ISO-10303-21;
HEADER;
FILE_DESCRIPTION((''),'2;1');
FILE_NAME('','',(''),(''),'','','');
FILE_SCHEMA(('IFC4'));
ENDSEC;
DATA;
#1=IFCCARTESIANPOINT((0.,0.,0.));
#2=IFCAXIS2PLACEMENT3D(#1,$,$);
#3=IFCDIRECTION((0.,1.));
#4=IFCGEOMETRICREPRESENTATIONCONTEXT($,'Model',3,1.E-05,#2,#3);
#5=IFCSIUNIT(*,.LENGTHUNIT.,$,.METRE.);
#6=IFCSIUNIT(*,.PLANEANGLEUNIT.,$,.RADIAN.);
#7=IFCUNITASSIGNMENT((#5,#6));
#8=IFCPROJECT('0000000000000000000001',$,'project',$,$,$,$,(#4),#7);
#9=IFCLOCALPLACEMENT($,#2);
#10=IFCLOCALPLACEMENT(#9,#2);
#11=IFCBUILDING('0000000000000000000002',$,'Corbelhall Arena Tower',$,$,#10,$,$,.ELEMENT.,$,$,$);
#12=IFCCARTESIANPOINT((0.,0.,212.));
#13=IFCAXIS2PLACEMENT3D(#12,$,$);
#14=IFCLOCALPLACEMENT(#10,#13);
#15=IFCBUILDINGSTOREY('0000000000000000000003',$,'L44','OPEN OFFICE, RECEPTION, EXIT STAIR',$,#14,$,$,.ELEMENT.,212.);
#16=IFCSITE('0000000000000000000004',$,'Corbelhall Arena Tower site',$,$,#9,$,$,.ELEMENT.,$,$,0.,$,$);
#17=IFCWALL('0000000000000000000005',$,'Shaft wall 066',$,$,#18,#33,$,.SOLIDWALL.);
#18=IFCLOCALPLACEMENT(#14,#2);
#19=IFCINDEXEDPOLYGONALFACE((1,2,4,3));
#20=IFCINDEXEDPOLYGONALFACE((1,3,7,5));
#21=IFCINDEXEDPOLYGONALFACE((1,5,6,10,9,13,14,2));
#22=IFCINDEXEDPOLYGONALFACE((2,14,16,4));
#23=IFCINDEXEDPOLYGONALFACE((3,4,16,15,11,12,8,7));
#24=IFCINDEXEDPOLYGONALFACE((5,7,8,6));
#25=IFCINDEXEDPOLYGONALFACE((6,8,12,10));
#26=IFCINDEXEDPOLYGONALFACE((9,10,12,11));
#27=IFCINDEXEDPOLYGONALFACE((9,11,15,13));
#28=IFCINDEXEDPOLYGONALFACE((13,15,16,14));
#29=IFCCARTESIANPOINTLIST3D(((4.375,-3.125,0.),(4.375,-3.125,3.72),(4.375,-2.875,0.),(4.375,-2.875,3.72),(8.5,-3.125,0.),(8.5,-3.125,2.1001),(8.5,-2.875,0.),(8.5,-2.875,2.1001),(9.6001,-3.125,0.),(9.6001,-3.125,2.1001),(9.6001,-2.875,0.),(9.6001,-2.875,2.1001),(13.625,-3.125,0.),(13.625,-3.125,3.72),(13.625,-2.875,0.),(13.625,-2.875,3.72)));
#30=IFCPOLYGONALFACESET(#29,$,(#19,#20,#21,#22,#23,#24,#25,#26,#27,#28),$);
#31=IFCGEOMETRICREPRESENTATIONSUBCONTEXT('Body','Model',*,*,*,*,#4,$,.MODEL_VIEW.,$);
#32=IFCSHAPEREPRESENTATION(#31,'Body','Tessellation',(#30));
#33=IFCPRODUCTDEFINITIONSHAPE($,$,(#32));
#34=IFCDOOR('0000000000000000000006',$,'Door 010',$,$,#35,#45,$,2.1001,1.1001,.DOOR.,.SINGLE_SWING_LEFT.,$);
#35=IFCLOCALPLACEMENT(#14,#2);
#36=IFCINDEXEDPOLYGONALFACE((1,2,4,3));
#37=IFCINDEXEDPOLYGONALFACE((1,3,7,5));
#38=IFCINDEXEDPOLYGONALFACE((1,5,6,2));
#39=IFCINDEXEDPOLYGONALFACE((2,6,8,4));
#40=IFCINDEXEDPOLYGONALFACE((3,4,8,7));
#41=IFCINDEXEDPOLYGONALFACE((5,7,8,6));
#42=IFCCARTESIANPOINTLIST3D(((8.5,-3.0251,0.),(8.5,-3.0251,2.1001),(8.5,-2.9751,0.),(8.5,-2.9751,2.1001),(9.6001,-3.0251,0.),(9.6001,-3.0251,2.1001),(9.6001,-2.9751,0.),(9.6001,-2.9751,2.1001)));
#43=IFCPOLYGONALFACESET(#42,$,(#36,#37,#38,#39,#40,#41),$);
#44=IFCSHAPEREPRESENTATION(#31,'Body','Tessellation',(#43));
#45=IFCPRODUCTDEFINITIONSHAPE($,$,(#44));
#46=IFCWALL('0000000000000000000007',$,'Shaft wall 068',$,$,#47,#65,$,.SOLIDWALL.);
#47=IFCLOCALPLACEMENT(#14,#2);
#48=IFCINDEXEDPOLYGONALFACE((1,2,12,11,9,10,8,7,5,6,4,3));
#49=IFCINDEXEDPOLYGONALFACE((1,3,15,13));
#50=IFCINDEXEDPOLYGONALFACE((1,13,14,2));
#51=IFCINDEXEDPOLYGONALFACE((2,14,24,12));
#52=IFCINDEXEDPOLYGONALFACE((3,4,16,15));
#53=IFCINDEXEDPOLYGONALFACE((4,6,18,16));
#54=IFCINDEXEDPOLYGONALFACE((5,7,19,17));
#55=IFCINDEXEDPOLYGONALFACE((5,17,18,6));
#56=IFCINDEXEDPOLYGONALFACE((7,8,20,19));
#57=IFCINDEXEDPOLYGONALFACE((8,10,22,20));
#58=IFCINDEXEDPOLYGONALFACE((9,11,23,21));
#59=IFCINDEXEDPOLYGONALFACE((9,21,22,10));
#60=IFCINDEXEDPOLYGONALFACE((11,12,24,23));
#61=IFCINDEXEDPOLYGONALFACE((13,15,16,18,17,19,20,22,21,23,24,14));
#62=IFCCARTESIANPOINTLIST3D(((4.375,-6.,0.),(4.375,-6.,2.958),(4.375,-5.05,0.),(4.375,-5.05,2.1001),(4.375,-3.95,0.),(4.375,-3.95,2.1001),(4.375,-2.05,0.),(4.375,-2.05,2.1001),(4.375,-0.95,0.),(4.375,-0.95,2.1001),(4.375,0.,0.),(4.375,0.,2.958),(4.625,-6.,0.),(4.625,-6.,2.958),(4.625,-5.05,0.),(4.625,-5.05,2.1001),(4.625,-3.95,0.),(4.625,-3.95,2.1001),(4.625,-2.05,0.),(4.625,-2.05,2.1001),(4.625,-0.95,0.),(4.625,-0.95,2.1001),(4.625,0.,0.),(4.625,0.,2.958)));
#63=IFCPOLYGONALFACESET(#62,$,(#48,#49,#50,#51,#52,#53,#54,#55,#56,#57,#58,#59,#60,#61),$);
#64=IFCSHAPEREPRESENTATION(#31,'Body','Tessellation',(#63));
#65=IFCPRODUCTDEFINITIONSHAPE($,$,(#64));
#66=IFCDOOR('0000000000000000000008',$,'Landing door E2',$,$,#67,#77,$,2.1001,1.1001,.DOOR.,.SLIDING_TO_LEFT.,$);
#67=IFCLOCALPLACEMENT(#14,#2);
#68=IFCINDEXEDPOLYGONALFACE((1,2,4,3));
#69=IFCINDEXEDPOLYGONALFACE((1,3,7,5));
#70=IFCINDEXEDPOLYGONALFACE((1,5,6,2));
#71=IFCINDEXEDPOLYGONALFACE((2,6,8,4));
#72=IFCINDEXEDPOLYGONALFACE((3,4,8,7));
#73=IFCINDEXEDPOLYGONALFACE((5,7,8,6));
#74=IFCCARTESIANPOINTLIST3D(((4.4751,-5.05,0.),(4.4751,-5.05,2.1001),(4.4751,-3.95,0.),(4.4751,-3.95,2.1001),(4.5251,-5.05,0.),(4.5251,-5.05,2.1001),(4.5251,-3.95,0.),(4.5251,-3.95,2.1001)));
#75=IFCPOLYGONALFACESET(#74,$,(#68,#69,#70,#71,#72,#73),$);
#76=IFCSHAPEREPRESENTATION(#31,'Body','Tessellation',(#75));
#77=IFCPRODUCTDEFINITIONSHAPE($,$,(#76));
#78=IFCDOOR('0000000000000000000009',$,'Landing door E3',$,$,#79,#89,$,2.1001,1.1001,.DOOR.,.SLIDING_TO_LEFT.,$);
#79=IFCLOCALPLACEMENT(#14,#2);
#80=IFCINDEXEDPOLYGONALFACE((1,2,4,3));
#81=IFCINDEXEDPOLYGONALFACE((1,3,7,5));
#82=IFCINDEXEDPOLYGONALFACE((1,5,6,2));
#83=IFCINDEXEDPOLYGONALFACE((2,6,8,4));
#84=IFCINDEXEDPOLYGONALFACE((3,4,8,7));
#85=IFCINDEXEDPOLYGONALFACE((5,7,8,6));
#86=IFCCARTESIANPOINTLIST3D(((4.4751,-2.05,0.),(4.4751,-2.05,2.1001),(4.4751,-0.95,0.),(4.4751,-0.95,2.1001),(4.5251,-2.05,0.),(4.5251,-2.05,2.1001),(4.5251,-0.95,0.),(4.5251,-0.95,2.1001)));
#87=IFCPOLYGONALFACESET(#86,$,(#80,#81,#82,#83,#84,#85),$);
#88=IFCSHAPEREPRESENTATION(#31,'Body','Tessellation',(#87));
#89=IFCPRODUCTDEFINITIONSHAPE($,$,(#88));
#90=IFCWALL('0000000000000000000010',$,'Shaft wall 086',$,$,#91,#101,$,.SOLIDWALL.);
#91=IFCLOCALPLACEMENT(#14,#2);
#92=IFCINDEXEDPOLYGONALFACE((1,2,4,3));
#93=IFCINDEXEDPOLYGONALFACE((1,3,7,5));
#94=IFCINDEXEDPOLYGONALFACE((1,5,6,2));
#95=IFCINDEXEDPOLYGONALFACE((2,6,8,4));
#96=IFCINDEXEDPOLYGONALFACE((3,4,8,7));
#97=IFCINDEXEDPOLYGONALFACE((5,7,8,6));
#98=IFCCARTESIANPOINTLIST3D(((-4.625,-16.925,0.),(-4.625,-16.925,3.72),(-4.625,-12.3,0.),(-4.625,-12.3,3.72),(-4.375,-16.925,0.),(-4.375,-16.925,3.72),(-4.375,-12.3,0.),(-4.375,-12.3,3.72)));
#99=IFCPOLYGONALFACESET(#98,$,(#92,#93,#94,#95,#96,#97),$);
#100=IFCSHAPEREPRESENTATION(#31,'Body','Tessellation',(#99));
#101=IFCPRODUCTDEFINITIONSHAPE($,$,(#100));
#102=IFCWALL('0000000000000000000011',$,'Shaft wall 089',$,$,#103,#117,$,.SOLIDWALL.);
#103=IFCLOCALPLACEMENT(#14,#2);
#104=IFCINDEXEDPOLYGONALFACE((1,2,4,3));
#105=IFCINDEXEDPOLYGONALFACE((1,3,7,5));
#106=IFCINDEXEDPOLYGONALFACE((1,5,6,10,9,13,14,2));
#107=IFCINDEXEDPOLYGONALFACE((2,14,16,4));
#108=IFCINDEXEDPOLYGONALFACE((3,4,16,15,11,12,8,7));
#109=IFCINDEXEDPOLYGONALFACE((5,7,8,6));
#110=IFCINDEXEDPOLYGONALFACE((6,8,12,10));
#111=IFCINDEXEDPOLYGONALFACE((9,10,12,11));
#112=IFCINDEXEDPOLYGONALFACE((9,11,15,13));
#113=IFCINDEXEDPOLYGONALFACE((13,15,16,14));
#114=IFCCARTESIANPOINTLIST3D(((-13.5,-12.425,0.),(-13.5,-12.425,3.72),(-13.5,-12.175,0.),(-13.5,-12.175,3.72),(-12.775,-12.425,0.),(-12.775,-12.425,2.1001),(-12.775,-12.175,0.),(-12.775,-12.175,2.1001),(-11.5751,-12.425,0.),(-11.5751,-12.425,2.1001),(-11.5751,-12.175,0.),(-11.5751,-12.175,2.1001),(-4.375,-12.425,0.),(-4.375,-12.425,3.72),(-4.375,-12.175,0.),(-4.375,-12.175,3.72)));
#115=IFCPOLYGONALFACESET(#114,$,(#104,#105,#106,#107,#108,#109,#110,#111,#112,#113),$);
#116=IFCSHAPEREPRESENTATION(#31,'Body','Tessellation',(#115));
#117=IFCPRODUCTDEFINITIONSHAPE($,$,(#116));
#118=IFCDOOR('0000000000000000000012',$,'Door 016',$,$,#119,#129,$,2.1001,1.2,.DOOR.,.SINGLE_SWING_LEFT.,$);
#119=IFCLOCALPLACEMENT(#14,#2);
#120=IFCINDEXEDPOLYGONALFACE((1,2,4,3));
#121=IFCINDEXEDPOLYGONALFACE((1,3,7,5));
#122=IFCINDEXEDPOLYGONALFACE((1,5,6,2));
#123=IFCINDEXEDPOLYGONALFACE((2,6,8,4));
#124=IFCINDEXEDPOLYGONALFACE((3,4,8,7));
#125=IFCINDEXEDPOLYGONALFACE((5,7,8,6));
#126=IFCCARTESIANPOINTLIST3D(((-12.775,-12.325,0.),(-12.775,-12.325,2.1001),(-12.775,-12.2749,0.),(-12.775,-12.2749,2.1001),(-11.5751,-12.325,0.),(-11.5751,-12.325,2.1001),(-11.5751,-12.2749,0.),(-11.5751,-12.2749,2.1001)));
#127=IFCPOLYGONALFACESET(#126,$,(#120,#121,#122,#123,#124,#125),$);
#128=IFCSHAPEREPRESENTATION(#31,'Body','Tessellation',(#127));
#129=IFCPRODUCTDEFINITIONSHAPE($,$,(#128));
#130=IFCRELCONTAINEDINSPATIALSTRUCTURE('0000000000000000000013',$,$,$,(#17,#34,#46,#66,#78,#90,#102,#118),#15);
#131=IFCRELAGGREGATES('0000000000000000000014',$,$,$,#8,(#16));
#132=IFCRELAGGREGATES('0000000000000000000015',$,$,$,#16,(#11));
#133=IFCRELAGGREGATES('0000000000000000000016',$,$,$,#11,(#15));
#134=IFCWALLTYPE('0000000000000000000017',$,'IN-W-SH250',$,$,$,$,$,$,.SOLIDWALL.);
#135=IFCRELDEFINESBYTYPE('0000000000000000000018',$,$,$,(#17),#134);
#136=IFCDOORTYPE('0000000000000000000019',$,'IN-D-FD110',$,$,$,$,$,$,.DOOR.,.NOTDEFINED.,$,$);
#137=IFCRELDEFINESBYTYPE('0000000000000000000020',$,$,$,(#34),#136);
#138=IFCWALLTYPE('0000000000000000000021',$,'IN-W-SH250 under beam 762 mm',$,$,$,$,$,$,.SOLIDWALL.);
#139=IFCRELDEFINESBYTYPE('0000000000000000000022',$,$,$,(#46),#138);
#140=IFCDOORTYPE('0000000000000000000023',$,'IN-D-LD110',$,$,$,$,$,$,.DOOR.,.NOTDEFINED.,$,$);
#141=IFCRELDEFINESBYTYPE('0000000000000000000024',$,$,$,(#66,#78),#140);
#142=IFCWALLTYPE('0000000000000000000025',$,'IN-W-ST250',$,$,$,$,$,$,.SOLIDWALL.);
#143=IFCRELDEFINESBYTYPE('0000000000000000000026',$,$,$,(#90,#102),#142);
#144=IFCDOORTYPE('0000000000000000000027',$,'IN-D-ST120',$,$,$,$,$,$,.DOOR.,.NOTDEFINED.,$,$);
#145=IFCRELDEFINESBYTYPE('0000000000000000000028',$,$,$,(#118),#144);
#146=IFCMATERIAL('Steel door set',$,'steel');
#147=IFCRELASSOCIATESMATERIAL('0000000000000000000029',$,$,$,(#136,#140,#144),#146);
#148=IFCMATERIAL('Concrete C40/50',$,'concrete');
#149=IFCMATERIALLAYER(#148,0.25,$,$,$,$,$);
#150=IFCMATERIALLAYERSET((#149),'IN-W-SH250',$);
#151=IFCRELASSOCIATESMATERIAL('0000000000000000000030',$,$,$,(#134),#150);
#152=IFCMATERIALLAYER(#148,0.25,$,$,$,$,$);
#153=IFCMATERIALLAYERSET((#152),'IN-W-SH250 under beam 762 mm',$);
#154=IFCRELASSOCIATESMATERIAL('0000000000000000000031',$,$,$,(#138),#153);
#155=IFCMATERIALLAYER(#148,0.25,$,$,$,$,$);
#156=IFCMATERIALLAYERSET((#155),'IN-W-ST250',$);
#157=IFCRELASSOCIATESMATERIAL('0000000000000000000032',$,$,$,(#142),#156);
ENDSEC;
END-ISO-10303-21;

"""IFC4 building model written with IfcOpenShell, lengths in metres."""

from ifc_helpers import new_model, si_unit, direction, frame, frame_2d, origin, place, context, subcontext, project, spatial, rectangle, extrude, material, layer, layer_set, type_object, element, fill, save


model = new_model("IFC4")

# Units and contexts
model_context = context("Model", 3, precision=1e-05, world=origin(), true_north=direction((0.0, 1.0)))
body_context = subcontext(model_context, "Body", "Model", "MODEL_VIEW")
ifc_project = project(units=[si_unit("LENGTHUNIT", "METRE"), si_unit("PLANEANGLEUNIT", "RADIAN")], contexts=[model_context])

# Site, building, storey
site_placement = place(None, origin())
site = spatial("IfcSite", under=ifc_project, at=site_placement, Name="Corbelhall Arena Tower site", CompositionType="ELEMENT", RefElevation=0.0)
building_placement = place(site_placement, origin())
building = spatial("IfcBuilding", under=site, at=building_placement, Name="Corbelhall Arena Tower", CompositionType="ELEMENT")
storey_placement = place(building_placement, frame((0.0, 0.0, 212.0)))
storey = spatial("IfcBuildingStorey", under=building, at=storey_placement, Name="L44", Description="OPEN OFFICE, RECEPTION, EXIT STAIR", CompositionType="ELEMENT", Elevation=212.0)

# Shared definitions
ifc_material_1 = material(Name="Concrete C40/50", Category="concrete")

# Shared definitions
ifc_material_2 = material(Name="Steel door set", Category="steel")
door_type_1 = type_object("IfcDoorType", Name="IN-D-FD110", OperationType="NOTDEFINED", PredefinedType="DOOR", material=ifc_material_2)

# Shared definitions
ifc_layer_1 = layer(ifc_material_1, 0.25)
ifc_layer_set_1 = layer_set([ifc_layer_1], Name="IN-W-SH250")
wall_type_1 = type_object("IfcWallType", Name="IN-W-SH250", PredefinedType="SOLIDWALL", material=ifc_layer_set_1)

# Wall, opening, door
wall_1_placement = place(storey_placement, frame((4.375, -3.0, 0.0), z_axis=(0.0, 0.0, 1.0), x_axis=(1.0, 0.0, 0.0)))
wall_1 = element("IfcWall", 1, at=wall_1_placement, inside=storey, type_object=wall_type_1, Name="Shaft wall 066", PredefinedType="SOLIDWALL", context=body_context, shape_type="SweptSolid", body=[
    extrude(rectangle(XDim=9.25, YDim=0.25, at=frame_2d((4.625, 0.0))), origin(), (0.0, 0.0, 1.0), 3.72),
])
opening_1_placement = place(wall_1_placement, frame((4.125, 0.0, 0.0)))
opening_1 = element("IfcOpeningElement", 2, at=opening_1_placement, cuts=wall_1, PredefinedType="OPENING", context=body_context, shape_type="SweptSolid", body=[
    extrude(rectangle(XDim=1.1001, YDim=2.1001, at=frame_2d((0.55, 1.05))), frame((0.0, 0.125, 0.0), z_axis=(0.0, -1.0, 0.0), x_axis=(1.0, 0.0, 0.0)), (0.0, 0.0, 1.0), 0.25),
])
door_1_placement = place(opening_1_placement, origin())
door_1 = element("IfcDoor", 3, at=door_1_placement, inside=storey, type_object=door_type_1, Name="Door 010", OperationType="SINGLE_SWING_LEFT", OverallHeight=2.1001, OverallWidth=1.1001, PredefinedType="DOOR", context=body_context, shape_type="SweptSolid", body=[
    extrude(rectangle(XDim=1.1001, YDim=2.1001, at=frame_2d((0.55, 1.05))), frame((0.0, 0.0249, 0.0), z_axis=(0.0, -1.0, 0.0), x_axis=(1.0, 0.0, 0.0)), (0.0, 0.0, 1.0), 0.05),
])
fill(opening_1, door_1)

# Wall, openings, doors
ifc_layer_2 = layer(ifc_material_1, 0.25)
ifc_layer_set_2 = layer_set([ifc_layer_2], Name="IN-W-SH250 under beam 762 mm")
wall_type_2 = type_object("IfcWallType", Name="IN-W-SH250 under beam 762 mm", PredefinedType="SOLIDWALL", material=ifc_layer_set_2)
wall_2_placement = place(storey_placement, frame((4.5, -6.0, 0.0), z_axis=(0.0, 0.0, 1.0), x_axis=(0.0, 1.0, 0.0)))
wall_2 = element("IfcWall", 4, at=wall_2_placement, inside=storey, type_object=wall_type_2, Name="Shaft wall 068", PredefinedType="SOLIDWALL", context=body_context, shape_type="SweptSolid", body=[
    extrude(rectangle(XDim=6.0, YDim=0.25, at=frame_2d((3.0, 0.0))), origin(), (0.0, 0.0, 1.0), 2.958),
])
opening_2_placement = place(wall_2_placement, frame((0.95, 0.0, 0.0)))
opening_2 = element("IfcOpeningElement", 5, at=opening_2_placement, cuts=wall_2, PredefinedType="OPENING", context=body_context, shape_type="SweptSolid", body=[
    extrude(rectangle(XDim=1.1001, YDim=2.1001, at=frame_2d((0.55, 1.05))), frame((0.0, 0.125, 0.0), z_axis=(0.0, -1.0, 0.0), x_axis=(1.0, 0.0, 0.0)), (0.0, 0.0, 1.0), 0.25),
])
opening_3_placement = place(wall_2_placement, frame((3.95, 0.0, 0.0)))
opening_3 = element("IfcOpeningElement", 6, at=opening_3_placement, cuts=wall_2, PredefinedType="OPENING", context=body_context, shape_type="SweptSolid", body=[
    extrude(rectangle(XDim=1.1001, YDim=2.1001, at=frame_2d((0.55, 1.05))), frame((0.0, 0.125, 0.0), z_axis=(0.0, -1.0, 0.0), x_axis=(1.0, 0.0, 0.0)), (0.0, 0.0, 1.0), 0.25),
])
door_type_2 = type_object("IfcDoorType", Name="IN-D-LD110", OperationType="NOTDEFINED", PredefinedType="DOOR", material=ifc_material_2)
door_2_placement = place(opening_2_placement, origin())
door_2 = element("IfcDoor", 7, at=door_2_placement, inside=storey, type_object=door_type_2, Name="Landing door E2", OperationType="SLIDING_TO_LEFT", OverallHeight=2.1001, OverallWidth=1.1001, PredefinedType="DOOR", context=body_context, shape_type="SweptSolid", body=[
    extrude(rectangle(XDim=1.1001, YDim=2.1001, at=frame_2d((0.55, 1.05))), frame((0.0, 0.0249, 0.0), z_axis=(0.0, -1.0, 0.0), x_axis=(1.0, 0.0, 0.0)), (0.0, 0.0, 1.0), 0.05),
])
fill(opening_2, door_2)
door_3_placement = place(opening_3_placement, origin())
door_3 = element("IfcDoor", 8, at=door_3_placement, inside=storey, type_object=door_type_2, Name="Landing door E3", OperationType="SLIDING_TO_LEFT", OverallHeight=2.1001, OverallWidth=1.1001, PredefinedType="DOOR", context=body_context, shape_type="SweptSolid", body=[
    extrude(rectangle(XDim=1.1001, YDim=2.1001, at=frame_2d((0.55, 1.05))), frame((0.0, 0.0249, 0.0), z_axis=(0.0, -1.0, 0.0), x_axis=(1.0, 0.0, 0.0)), (0.0, 0.0, 1.0), 0.05),
])
fill(opening_3, door_3)

# Wall
ifc_layer_3 = layer(ifc_material_1, 0.25)
ifc_layer_set_3 = layer_set([ifc_layer_3], Name="IN-W-ST250")
wall_type_3 = type_object("IfcWallType", Name="IN-W-ST250", PredefinedType="SOLIDWALL", material=ifc_layer_set_3)
wall_3_placement = place(storey_placement, frame((-4.5, -12.3, 0.0), z_axis=(0.0, 0.0, 1.0), x_axis=(0.0, -1.0, 0.0)))
element("IfcWall", 9, at=wall_3_placement, inside=storey, type_object=wall_type_3, Name="Shaft wall 086", PredefinedType="SOLIDWALL", context=body_context, shape_type="SweptSolid", body=[
    extrude(rectangle(XDim=4.625, YDim=0.25, at=frame_2d((2.3125, 0.0))), origin(), (0.0, 0.0, 1.0), 3.72),
])

# Wall, opening, door
wall_4_placement = place(storey_placement, frame((-4.375, -12.3, 0.0), z_axis=(0.0, 0.0, 1.0), x_axis=(-1.0, 0.0, 0.0)))
wall_4 = element("IfcWall", 10, at=wall_4_placement, inside=storey, type_object=wall_type_3, Name="Shaft wall 089", PredefinedType="SOLIDWALL", context=body_context, shape_type="SweptSolid", body=[
    extrude(rectangle(XDim=9.125, YDim=0.25, at=frame_2d((4.5625, 0.0))), origin(), (0.0, 0.0, 1.0), 3.72),
])
opening_4_placement = place(wall_4_placement, frame((7.2, 0.0, 0.0)))
opening_4 = element("IfcOpeningElement", 11, at=opening_4_placement, cuts=wall_4, PredefinedType="OPENING", context=body_context, shape_type="SweptSolid", body=[
    extrude(rectangle(XDim=1.2, YDim=2.1001, at=frame_2d((0.6001, 1.05))), frame((0.0, 0.125, 0.0), z_axis=(0.0, -1.0, 0.0), x_axis=(1.0, 0.0, 0.0)), (0.0, 0.0, 1.0), 0.25),
])
door_type_3 = type_object("IfcDoorType", Name="IN-D-ST120", OperationType="NOTDEFINED", PredefinedType="DOOR", material=ifc_material_2)
door_4_placement = place(opening_4_placement, origin())
door_4 = element("IfcDoor", 12, at=door_4_placement, inside=storey, type_object=door_type_3, Name="Door 016", OperationType="SINGLE_SWING_LEFT", OverallHeight=2.1001, OverallWidth=1.2, PredefinedType="DOOR", context=body_context, shape_type="SweptSolid", body=[
    extrude(rectangle(XDim=1.2, YDim=2.1001, at=frame_2d((0.6001, 1.05))), frame((0.0, 0.0249, 0.0), z_axis=(0.0, -1.0, 0.0), x_axis=(1.0, 0.0, 0.0)), (0.0, 0.0, 1.0), 0.05),
])
fill(opening_4, door_4)

save(model, "model.ifc")
